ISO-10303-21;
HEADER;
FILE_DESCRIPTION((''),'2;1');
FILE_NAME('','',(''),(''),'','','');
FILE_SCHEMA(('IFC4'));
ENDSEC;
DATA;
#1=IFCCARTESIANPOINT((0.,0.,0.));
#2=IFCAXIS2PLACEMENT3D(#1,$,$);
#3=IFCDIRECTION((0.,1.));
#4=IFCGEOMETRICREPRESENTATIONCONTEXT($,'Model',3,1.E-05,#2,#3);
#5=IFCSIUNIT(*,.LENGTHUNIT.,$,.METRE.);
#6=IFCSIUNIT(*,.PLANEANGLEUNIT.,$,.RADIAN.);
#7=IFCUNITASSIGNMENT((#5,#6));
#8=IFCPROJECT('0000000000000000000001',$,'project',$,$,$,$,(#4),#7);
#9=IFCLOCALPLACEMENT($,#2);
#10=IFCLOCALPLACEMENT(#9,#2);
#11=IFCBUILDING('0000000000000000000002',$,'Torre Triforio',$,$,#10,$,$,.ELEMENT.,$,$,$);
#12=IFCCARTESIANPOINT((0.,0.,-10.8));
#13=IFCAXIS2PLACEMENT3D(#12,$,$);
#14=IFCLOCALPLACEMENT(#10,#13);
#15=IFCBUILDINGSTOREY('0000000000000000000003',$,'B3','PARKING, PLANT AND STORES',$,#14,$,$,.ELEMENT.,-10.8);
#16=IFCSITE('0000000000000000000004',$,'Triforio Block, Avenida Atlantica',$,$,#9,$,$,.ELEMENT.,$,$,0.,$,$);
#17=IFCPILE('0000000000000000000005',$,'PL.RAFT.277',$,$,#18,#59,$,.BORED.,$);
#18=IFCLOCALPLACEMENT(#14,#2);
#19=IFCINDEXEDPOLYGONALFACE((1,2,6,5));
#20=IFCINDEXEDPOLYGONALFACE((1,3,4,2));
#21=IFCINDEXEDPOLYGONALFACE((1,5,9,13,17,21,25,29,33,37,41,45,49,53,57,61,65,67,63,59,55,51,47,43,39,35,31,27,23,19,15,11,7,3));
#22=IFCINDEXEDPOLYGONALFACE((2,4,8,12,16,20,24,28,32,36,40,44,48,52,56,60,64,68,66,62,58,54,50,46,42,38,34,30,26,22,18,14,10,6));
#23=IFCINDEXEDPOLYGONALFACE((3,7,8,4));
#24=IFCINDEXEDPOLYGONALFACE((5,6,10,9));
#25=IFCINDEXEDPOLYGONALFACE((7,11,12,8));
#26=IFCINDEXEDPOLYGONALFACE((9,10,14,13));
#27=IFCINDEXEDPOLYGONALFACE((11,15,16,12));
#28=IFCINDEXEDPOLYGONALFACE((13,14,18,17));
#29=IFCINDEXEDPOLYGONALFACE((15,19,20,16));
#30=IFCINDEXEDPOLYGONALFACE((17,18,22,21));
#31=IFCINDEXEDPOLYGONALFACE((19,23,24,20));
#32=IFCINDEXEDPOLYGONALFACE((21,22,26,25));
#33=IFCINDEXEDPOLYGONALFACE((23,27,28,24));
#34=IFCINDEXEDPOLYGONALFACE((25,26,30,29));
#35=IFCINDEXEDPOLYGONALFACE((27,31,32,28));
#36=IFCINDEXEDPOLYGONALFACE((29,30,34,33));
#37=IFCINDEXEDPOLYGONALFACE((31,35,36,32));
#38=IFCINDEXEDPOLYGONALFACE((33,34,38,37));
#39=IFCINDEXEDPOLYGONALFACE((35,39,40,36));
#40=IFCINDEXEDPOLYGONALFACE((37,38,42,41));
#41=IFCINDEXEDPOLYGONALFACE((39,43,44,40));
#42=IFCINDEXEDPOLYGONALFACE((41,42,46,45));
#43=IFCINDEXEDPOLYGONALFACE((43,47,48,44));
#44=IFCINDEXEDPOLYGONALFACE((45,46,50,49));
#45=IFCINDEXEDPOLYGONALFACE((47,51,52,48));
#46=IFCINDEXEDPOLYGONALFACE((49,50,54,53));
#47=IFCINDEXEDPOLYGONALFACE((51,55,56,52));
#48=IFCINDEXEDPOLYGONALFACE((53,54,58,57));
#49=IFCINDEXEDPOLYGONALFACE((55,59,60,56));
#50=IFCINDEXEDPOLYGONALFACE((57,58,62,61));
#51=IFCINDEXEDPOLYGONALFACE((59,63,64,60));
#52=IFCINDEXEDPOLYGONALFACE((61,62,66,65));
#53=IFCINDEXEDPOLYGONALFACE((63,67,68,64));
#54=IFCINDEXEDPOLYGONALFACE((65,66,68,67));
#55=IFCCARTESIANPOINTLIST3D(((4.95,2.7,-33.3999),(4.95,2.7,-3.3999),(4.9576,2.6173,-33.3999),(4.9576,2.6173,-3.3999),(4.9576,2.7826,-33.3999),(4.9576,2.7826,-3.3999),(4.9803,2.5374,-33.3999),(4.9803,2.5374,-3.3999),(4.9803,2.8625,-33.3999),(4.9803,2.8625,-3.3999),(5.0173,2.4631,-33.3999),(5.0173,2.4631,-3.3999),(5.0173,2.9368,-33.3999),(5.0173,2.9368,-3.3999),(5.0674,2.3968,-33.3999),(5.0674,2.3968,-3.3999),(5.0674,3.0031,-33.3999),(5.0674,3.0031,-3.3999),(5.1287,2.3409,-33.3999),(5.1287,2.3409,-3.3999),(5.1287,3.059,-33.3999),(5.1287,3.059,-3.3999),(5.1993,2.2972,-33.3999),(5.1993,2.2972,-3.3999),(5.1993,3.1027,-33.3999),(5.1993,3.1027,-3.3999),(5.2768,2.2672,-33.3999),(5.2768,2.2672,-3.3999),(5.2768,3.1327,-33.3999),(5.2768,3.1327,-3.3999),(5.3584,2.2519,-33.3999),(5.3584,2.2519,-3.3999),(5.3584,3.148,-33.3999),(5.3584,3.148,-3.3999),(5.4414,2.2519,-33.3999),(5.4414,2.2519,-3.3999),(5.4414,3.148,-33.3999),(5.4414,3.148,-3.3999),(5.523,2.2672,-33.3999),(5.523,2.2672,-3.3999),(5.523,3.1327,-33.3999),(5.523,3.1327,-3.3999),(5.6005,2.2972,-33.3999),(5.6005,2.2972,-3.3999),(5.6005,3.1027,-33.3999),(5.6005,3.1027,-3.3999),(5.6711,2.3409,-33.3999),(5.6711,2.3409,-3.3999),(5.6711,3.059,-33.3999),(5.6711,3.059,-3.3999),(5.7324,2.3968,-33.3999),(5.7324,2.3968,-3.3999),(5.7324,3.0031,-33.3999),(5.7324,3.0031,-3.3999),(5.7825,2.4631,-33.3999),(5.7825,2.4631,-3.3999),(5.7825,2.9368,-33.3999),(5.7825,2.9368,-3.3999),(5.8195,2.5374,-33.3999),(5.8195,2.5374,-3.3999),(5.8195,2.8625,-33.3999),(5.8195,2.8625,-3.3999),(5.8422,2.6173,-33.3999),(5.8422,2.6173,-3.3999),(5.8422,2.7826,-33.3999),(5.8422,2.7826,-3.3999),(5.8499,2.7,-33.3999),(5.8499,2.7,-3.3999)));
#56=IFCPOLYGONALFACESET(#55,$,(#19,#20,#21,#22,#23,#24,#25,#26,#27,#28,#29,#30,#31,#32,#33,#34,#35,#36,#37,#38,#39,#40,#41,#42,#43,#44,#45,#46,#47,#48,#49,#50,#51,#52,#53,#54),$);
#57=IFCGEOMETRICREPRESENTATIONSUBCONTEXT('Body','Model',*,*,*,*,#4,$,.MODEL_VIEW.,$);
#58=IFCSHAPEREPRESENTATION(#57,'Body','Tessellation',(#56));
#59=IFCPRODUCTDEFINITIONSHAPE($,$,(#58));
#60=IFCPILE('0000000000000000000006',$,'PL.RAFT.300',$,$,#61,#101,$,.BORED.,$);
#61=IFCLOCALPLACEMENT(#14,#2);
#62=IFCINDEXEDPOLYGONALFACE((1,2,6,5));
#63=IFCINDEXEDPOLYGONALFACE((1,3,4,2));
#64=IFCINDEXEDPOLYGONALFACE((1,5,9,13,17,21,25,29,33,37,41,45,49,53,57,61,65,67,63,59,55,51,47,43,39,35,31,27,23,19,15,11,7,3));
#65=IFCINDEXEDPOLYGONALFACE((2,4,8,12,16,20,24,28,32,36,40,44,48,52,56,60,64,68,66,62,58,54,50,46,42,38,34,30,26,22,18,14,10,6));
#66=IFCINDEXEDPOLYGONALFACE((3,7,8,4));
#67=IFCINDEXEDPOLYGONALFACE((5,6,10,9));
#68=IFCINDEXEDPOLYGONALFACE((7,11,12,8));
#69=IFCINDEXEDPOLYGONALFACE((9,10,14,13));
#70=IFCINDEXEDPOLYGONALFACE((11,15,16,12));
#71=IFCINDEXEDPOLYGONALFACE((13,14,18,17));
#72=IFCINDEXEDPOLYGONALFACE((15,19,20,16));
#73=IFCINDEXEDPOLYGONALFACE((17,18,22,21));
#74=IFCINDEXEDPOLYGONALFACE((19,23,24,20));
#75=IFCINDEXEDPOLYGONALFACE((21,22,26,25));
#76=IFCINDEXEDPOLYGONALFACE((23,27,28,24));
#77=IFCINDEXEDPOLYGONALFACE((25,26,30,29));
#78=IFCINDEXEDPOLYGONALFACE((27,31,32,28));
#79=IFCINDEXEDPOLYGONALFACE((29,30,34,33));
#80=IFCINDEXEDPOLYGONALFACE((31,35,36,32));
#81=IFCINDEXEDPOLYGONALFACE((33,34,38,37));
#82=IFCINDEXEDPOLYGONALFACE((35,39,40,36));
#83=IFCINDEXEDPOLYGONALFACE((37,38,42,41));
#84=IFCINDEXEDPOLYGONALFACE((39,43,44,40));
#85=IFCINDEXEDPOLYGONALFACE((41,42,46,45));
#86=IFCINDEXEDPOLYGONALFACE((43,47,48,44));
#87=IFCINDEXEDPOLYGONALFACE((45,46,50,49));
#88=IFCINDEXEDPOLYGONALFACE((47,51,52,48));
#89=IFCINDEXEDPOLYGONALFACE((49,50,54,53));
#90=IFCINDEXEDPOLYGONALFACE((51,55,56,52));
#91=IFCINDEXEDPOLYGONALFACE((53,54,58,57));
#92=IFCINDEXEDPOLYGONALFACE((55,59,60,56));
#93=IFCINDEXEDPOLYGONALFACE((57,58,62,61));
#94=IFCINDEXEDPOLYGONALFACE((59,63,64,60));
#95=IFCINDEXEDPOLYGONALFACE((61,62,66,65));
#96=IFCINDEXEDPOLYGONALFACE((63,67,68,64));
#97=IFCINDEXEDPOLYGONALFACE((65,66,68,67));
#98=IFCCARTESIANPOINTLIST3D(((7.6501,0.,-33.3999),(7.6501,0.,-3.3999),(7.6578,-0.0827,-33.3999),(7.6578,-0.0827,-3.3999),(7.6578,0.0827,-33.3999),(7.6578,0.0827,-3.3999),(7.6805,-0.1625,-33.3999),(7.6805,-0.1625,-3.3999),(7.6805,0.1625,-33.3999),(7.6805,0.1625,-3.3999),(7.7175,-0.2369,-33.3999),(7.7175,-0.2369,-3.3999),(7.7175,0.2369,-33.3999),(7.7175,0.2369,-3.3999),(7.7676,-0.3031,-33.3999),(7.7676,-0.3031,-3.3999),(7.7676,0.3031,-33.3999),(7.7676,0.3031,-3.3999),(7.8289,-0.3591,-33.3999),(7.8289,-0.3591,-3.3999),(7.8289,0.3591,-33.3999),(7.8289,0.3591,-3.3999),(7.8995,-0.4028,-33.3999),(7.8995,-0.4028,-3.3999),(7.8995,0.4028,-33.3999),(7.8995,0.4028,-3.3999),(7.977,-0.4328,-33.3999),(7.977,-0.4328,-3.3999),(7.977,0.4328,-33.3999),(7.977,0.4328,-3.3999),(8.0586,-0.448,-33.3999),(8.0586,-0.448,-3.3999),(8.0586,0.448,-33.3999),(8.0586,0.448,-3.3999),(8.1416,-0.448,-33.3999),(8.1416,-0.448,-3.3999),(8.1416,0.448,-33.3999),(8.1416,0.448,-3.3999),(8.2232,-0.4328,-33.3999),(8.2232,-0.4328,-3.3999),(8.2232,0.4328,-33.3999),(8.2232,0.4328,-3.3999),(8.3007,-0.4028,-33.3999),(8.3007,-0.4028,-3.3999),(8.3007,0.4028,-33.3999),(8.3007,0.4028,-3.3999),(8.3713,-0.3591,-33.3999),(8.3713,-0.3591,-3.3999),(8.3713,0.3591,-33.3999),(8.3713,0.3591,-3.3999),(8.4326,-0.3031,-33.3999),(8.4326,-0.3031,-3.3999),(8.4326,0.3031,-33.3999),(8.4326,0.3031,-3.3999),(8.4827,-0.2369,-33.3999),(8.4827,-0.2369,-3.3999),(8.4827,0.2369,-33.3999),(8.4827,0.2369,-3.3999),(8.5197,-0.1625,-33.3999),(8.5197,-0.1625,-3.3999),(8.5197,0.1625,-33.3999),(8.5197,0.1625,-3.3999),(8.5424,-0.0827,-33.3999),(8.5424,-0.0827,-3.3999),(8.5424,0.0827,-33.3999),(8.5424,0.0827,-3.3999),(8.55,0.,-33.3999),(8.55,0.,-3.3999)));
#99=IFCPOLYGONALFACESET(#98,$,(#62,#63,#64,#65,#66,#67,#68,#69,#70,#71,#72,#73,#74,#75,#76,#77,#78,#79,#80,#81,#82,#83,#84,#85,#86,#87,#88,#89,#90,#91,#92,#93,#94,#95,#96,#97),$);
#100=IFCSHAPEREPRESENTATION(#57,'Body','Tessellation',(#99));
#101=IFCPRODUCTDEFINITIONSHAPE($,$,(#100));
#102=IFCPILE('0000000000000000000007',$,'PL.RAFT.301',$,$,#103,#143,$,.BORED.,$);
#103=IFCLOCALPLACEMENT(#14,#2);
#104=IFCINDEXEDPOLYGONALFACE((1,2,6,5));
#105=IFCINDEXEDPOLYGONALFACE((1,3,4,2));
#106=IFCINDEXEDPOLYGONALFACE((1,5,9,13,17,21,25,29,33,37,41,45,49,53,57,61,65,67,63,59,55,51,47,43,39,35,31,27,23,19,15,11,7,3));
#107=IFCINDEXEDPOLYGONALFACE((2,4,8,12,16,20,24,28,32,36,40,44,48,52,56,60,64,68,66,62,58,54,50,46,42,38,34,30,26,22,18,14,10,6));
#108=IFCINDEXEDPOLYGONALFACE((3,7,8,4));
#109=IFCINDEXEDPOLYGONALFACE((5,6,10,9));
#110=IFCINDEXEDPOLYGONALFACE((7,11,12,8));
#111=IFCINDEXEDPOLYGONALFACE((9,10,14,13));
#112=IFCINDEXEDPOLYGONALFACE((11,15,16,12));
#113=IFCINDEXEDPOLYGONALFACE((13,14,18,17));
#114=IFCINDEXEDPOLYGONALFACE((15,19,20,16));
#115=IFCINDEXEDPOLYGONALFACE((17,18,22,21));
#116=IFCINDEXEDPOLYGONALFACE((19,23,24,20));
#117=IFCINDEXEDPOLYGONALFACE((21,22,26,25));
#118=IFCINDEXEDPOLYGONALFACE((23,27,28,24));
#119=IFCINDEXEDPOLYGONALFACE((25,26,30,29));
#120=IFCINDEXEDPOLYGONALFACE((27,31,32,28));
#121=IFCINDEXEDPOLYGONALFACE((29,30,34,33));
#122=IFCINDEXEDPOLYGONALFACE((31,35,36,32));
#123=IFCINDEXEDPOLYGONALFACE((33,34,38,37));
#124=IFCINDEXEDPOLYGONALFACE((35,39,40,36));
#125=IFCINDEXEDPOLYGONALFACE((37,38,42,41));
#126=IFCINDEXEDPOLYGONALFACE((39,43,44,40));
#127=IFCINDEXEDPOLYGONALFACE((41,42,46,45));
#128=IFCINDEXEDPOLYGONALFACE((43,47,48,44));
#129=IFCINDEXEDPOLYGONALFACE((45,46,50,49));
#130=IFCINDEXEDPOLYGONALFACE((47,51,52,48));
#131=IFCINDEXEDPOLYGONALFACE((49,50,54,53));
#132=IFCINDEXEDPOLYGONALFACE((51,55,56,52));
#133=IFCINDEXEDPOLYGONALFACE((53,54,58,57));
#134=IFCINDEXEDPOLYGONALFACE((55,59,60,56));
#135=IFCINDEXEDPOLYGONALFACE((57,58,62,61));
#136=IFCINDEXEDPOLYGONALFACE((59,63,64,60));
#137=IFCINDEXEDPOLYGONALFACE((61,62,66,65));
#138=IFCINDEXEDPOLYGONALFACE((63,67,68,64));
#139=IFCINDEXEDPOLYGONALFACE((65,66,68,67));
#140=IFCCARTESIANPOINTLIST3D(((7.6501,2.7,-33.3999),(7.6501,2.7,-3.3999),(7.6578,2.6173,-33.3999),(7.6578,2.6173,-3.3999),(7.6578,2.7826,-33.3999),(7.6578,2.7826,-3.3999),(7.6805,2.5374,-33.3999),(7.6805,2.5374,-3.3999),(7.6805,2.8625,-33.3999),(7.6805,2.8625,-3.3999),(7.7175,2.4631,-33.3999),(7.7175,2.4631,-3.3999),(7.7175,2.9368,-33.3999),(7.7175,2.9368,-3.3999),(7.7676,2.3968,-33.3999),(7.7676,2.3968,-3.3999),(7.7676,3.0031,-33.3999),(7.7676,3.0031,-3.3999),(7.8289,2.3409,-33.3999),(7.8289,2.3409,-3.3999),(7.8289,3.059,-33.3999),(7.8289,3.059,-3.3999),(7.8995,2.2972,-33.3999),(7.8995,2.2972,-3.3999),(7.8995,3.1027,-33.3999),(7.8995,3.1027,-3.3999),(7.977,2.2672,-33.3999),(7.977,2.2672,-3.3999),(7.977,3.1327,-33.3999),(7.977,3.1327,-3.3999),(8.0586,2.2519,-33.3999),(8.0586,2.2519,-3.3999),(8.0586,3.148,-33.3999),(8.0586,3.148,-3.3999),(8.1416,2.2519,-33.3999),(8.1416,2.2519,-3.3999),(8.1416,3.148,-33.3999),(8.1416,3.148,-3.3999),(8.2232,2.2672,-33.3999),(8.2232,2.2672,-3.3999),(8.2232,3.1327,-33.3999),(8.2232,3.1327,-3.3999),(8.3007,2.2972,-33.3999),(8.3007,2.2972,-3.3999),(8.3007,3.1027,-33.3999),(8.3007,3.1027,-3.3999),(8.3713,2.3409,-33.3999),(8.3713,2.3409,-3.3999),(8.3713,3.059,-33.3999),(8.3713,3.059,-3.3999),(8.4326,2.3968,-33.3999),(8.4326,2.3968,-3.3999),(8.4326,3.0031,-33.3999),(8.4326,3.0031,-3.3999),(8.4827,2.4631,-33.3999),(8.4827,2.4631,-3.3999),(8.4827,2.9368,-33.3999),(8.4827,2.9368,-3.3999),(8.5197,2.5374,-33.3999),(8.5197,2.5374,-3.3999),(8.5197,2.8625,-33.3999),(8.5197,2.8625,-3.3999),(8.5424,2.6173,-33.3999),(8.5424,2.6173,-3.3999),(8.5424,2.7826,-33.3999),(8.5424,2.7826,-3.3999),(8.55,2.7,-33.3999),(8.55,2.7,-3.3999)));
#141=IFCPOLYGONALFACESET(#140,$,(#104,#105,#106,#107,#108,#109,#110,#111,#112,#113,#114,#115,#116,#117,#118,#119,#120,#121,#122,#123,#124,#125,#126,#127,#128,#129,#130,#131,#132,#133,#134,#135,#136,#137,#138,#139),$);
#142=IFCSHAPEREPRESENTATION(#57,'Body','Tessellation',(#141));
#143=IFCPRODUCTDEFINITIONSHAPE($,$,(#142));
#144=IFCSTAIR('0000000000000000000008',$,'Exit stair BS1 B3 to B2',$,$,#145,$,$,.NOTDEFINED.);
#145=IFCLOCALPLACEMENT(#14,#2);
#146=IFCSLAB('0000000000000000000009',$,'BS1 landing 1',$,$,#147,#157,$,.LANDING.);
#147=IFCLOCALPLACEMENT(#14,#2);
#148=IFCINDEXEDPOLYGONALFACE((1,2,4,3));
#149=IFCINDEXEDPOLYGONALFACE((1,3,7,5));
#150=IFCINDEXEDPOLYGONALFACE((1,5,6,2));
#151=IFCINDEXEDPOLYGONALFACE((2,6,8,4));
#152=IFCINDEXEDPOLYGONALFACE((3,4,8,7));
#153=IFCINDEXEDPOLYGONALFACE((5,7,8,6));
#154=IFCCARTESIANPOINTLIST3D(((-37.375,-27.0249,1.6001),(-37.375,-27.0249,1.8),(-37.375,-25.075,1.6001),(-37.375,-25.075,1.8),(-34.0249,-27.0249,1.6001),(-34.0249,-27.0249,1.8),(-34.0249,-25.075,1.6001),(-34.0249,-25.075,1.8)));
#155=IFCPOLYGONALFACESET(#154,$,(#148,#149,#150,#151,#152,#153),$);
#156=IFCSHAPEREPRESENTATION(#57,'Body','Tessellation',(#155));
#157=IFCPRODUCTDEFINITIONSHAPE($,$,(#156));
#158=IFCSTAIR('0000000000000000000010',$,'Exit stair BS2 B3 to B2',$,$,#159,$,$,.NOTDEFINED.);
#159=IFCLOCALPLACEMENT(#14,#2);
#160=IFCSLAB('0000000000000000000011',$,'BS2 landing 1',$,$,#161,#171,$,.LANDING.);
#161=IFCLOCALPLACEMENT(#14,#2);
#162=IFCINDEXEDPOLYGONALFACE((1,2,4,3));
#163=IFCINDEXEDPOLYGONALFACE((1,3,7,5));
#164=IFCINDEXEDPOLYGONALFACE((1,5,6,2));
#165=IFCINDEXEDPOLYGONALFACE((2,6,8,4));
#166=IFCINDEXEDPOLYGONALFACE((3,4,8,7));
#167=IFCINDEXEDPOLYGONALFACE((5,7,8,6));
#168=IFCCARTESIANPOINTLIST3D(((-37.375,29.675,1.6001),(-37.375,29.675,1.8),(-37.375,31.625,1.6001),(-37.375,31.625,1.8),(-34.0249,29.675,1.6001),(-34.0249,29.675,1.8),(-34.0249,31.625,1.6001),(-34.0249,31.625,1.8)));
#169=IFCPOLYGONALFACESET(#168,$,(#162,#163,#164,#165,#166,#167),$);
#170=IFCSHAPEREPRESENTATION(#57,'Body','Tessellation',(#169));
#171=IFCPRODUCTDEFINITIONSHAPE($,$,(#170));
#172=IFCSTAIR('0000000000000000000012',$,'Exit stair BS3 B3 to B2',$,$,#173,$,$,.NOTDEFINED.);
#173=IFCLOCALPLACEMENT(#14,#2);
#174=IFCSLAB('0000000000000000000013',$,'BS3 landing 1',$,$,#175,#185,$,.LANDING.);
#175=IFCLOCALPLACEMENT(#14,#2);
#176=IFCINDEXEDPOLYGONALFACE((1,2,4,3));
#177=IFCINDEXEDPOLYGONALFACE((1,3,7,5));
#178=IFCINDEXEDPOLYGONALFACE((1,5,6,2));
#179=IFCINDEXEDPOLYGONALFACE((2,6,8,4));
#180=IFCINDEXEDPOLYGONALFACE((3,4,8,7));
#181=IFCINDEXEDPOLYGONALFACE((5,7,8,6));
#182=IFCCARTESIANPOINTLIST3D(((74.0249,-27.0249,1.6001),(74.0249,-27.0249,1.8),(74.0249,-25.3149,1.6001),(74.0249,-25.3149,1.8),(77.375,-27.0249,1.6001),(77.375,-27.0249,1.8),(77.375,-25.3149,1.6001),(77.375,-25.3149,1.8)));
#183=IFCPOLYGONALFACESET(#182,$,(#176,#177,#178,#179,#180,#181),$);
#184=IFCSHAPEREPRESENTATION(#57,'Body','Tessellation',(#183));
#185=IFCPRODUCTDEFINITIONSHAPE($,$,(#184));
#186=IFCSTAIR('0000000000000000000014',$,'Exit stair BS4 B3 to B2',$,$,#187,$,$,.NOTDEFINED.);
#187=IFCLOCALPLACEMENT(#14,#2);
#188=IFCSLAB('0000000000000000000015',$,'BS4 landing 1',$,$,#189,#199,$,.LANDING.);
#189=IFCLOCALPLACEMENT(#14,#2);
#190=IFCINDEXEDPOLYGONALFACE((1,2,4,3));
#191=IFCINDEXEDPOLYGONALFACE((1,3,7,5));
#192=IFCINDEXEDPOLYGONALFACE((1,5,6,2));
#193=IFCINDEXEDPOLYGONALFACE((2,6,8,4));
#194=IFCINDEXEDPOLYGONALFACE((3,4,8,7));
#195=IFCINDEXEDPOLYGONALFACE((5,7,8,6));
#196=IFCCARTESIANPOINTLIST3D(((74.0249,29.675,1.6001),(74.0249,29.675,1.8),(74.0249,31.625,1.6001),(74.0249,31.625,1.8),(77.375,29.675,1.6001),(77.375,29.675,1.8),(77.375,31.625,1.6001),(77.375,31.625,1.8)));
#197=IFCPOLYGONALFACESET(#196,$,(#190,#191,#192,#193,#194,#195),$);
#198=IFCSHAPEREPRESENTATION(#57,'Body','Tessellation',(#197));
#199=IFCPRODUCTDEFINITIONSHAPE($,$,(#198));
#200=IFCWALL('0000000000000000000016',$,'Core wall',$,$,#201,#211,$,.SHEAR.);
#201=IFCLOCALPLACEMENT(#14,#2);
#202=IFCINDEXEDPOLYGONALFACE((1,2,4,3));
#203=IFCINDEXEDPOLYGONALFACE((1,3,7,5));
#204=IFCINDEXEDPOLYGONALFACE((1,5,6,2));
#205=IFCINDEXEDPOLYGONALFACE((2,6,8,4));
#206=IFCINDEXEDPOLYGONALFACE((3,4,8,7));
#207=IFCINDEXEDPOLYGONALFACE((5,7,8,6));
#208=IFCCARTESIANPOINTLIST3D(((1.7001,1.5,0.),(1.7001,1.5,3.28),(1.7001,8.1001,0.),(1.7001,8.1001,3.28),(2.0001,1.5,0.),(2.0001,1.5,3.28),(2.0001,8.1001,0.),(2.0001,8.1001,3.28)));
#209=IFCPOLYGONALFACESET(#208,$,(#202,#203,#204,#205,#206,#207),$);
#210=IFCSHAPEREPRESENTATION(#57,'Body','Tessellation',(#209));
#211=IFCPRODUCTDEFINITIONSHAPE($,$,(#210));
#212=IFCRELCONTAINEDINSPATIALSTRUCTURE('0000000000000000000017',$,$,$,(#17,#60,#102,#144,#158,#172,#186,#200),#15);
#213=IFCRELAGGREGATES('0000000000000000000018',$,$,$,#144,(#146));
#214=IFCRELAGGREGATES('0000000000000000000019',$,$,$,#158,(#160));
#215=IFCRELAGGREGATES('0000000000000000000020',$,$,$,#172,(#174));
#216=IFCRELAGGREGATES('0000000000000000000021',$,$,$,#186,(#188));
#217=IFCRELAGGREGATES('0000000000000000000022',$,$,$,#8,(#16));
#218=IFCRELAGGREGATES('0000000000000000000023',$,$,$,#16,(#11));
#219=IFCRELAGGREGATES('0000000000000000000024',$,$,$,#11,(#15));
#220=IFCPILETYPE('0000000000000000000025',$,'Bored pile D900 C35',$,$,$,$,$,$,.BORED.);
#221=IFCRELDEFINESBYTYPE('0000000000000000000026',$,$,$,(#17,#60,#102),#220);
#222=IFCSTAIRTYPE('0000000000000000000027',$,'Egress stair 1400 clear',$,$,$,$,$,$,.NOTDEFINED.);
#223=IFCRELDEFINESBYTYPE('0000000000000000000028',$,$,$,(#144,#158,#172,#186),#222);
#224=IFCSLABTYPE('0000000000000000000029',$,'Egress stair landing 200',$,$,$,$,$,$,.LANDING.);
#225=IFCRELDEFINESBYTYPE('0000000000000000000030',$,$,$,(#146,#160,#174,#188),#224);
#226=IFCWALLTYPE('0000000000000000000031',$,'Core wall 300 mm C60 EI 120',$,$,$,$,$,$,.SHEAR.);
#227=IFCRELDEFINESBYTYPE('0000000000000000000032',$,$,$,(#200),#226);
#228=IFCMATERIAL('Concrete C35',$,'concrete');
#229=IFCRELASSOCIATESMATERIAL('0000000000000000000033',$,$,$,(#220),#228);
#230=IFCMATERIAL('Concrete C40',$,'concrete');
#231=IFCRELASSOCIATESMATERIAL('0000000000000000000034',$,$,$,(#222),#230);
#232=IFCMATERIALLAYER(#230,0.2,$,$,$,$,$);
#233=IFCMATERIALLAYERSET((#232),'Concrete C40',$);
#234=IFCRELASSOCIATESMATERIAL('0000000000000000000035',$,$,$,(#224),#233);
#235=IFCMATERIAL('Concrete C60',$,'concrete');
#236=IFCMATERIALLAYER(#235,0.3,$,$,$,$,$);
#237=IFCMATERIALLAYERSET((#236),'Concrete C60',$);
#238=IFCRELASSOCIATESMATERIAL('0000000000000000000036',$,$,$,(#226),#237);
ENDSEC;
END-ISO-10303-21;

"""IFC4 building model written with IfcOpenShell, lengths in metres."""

from ifc_helpers import new_model, si_unit, direction, frame, frame_2d, origin, origin_2d, place, context, subcontext, project, spatial, polyline, rectangle, circle, outline, extrude, material, layer, layer_set, material_profile, profile_set, type_object, element, aggregate, save


model = new_model("IFC4")

# Units and contexts
model_context = context("Model", 3, precision=1e-05, world=origin(), true_north=direction((0.0, 1.0)))
body_context = subcontext(model_context, "Body", "Model", "MODEL_VIEW")
ifc_project = project(units=[si_unit("LENGTHUNIT", "METRE"), si_unit("PLANEANGLEUNIT", "RADIAN")], contexts=[model_context])

# Site, building, storey
site_placement = place(None, origin())
site = spatial("IfcSite", under=ifc_project, at=site_placement, Name="Triforio Block, Avenida Atlantica", CompositionType="ELEMENT", RefElevation=0.0)
building_placement = place(site_placement, origin())
building = spatial("IfcBuilding", under=site, at=building_placement, Name="Torre Triforio", CompositionType="ELEMENT")
storey_placement = place(building_placement, frame((0.0, 0.0, -10.8)))
storey = spatial("IfcBuildingStorey", under=building, at=storey_placement, Name="B3", Description="PARKING, PLANT AND STORES", CompositionType="ELEMENT", Elevation=-10.8)

# Piles
ifc_material_1 = material(Name="Concrete C35", Category="concrete")
ifc_material_profile = material_profile(ifc_material_1, circle(Radius=0.45, at=origin_2d()), Name="RC D900")
ifc_profile_set = profile_set([ifc_material_profile], Name="Concrete C35")
pile_type = type_object("IfcPileType", Name="Bored pile D900 C35", PredefinedType="BORED", material=ifc_profile_set)
for number, where, z_axis, x_axis, name in (
    (1, (5.3999, 2.7, -3.3999), (0.0, 0.0, -1.0), (1.0, 0.0, 0.0), "PL.RAFT.277"),
    (2, (8.1001, 0.0, -3.3999), (0.0, 0.0, -1.0), (1.0, 0.0, 0.0), "PL.RAFT.300"),
    (3, (8.1001, 2.7, -3.3999), (0.0, 0.0, -1.0), (1.0, 0.0, 0.0), "PL.RAFT.301"),
):
    element("IfcPile", number, at=place(storey_placement, frame(where, z_axis=z_axis, x_axis=x_axis)), inside=storey, type_object=pile_type, Name=name, PredefinedType="BORED", context=body_context, shape_type="SweptSolid", body=[
        extrude(circle(Radius=0.45, at=origin_2d()), origin(), (0.0, 0.0, 1.0), 30.0),
    ])

# Stairs, slabs
ifc_material_2 = material(Name="Concrete C40", Category="concrete")
stair_type = type_object("IfcStairType", Name="Egress stair 1400 clear", PredefinedType="NOTDEFINED", material=ifc_material_2)
stair_1_placement = place(storey_placement, origin())
stair_1 = element("IfcStair", 4, at=stair_1_placement, inside=storey, type_object=stair_type, Name="Exit stair BS1 B3 to B2", PredefinedType="NOTDEFINED")
ifc_layer_1 = layer(ifc_material_2, 0.2)
ifc_layer_set_1 = layer_set([ifc_layer_1], Name="Concrete C40")
slab_type_1 = type_object("IfcSlabType", Name="Egress stair landing 200", PredefinedType="LANDING", material=ifc_layer_set_1)
slab_1_placement = place(storey_placement, frame((0.0, 0.0, 1.6001)))
slab_1 = element("IfcSlab", 5, at=slab_1_placement, type_object=slab_type_1, Name="BS1 landing 1", PredefinedType="LANDING", context=body_context, shape_type="SweptSolid", body=[
    extrude(outline(polyline([(-37.375, -27.0249), (-34.0249, -27.0249), (-34.0249, -25.075), (-37.375, -25.075), (-37.375, -27.0249)])), origin(), (0.0, 0.0, 1.0), 0.2),
])
aggregate(stair_1, [slab_1])
stair_2_placement = place(storey_placement, origin())
stair_2 = element("IfcStair", 6, at=stair_2_placement, inside=storey, type_object=stair_type, Name="Exit stair BS2 B3 to B2", PredefinedType="NOTDEFINED")
slab_2_placement = place(storey_placement, frame((0.0, 0.0, 1.6001)))
slab_2 = element("IfcSlab", 7, at=slab_2_placement, type_object=slab_type_1, Name="BS2 landing 1", PredefinedType="LANDING", context=body_context, shape_type="SweptSolid", body=[
    extrude(outline(polyline([(-37.375, 29.675), (-34.0249, 29.675), (-34.0249, 31.625), (-37.375, 31.625), (-37.375, 29.675)])), origin(), (0.0, 0.0, 1.0), 0.2),
])
aggregate(stair_2, [slab_2])
stair_3_placement = place(storey_placement, origin())
stair_3 = element("IfcStair", 8, at=stair_3_placement, inside=storey, type_object=stair_type, Name="Exit stair BS3 B3 to B2", PredefinedType="NOTDEFINED")
slab_3_placement = place(storey_placement, frame((0.0, 0.0, 1.6001)))
slab_3 = element("IfcSlab", 9, at=slab_3_placement, type_object=slab_type_1, Name="BS3 landing 1", PredefinedType="LANDING", context=body_context, shape_type="SweptSolid", body=[
    extrude(outline(polyline([(74.0249, -27.0249), (77.375, -27.0249), (77.375, -25.3149), (74.0249, -25.3149), (74.0249, -27.0249)])), origin(), (0.0, 0.0, 1.0), 0.2),
])
aggregate(stair_3, [slab_3])
stair_4_placement = place(storey_placement, origin())
stair_4 = element("IfcStair", 10, at=stair_4_placement, inside=storey, type_object=stair_type, Name="Exit stair BS4 B3 to B2", PredefinedType="NOTDEFINED")
slab_4_placement = place(storey_placement, frame((0.0, 0.0, 1.6001)))
slab_4 = element("IfcSlab", 11, at=slab_4_placement, type_object=slab_type_1, Name="BS4 landing 1", PredefinedType="LANDING", context=body_context, shape_type="SweptSolid", body=[
    extrude(outline(polyline([(74.0249, 29.675), (77.375, 29.675), (77.375, 31.625), (74.0249, 31.625), (74.0249, 29.675)])), origin(), (0.0, 0.0, 1.0), 0.2),
])
aggregate(stair_4, [slab_4])

# Wall
ifc_material_3 = material(Name="Concrete C60", Category="concrete")
ifc_layer_2 = layer(ifc_material_3, 0.3)
ifc_layer_set_2 = layer_set([ifc_layer_2], Name="Concrete C60")
wall_type_1 = type_object("IfcWallType", Name="Core wall 300 mm C60 EI 120", PredefinedType="SHEAR", material=ifc_layer_set_2)
wall_1_placement = place(storey_placement, frame((1.8501, 1.5, 0.0), z_axis=(0.0, 0.0, 1.0), x_axis=(0.0, 1.0, 0.0)))
element("IfcWall", 12, at=wall_1_placement, inside=storey, type_object=wall_type_1, Name="Core wall", PredefinedType="SHEAR", context=body_context, shape_type="SweptSolid", body=[
    extrude(rectangle(XDim=6.6001, YDim=0.3, at=frame_2d((3.3, 0.0))), origin(), (0.0, 0.0, 1.0), 3.28),
])

save(model, "model.ifc")
